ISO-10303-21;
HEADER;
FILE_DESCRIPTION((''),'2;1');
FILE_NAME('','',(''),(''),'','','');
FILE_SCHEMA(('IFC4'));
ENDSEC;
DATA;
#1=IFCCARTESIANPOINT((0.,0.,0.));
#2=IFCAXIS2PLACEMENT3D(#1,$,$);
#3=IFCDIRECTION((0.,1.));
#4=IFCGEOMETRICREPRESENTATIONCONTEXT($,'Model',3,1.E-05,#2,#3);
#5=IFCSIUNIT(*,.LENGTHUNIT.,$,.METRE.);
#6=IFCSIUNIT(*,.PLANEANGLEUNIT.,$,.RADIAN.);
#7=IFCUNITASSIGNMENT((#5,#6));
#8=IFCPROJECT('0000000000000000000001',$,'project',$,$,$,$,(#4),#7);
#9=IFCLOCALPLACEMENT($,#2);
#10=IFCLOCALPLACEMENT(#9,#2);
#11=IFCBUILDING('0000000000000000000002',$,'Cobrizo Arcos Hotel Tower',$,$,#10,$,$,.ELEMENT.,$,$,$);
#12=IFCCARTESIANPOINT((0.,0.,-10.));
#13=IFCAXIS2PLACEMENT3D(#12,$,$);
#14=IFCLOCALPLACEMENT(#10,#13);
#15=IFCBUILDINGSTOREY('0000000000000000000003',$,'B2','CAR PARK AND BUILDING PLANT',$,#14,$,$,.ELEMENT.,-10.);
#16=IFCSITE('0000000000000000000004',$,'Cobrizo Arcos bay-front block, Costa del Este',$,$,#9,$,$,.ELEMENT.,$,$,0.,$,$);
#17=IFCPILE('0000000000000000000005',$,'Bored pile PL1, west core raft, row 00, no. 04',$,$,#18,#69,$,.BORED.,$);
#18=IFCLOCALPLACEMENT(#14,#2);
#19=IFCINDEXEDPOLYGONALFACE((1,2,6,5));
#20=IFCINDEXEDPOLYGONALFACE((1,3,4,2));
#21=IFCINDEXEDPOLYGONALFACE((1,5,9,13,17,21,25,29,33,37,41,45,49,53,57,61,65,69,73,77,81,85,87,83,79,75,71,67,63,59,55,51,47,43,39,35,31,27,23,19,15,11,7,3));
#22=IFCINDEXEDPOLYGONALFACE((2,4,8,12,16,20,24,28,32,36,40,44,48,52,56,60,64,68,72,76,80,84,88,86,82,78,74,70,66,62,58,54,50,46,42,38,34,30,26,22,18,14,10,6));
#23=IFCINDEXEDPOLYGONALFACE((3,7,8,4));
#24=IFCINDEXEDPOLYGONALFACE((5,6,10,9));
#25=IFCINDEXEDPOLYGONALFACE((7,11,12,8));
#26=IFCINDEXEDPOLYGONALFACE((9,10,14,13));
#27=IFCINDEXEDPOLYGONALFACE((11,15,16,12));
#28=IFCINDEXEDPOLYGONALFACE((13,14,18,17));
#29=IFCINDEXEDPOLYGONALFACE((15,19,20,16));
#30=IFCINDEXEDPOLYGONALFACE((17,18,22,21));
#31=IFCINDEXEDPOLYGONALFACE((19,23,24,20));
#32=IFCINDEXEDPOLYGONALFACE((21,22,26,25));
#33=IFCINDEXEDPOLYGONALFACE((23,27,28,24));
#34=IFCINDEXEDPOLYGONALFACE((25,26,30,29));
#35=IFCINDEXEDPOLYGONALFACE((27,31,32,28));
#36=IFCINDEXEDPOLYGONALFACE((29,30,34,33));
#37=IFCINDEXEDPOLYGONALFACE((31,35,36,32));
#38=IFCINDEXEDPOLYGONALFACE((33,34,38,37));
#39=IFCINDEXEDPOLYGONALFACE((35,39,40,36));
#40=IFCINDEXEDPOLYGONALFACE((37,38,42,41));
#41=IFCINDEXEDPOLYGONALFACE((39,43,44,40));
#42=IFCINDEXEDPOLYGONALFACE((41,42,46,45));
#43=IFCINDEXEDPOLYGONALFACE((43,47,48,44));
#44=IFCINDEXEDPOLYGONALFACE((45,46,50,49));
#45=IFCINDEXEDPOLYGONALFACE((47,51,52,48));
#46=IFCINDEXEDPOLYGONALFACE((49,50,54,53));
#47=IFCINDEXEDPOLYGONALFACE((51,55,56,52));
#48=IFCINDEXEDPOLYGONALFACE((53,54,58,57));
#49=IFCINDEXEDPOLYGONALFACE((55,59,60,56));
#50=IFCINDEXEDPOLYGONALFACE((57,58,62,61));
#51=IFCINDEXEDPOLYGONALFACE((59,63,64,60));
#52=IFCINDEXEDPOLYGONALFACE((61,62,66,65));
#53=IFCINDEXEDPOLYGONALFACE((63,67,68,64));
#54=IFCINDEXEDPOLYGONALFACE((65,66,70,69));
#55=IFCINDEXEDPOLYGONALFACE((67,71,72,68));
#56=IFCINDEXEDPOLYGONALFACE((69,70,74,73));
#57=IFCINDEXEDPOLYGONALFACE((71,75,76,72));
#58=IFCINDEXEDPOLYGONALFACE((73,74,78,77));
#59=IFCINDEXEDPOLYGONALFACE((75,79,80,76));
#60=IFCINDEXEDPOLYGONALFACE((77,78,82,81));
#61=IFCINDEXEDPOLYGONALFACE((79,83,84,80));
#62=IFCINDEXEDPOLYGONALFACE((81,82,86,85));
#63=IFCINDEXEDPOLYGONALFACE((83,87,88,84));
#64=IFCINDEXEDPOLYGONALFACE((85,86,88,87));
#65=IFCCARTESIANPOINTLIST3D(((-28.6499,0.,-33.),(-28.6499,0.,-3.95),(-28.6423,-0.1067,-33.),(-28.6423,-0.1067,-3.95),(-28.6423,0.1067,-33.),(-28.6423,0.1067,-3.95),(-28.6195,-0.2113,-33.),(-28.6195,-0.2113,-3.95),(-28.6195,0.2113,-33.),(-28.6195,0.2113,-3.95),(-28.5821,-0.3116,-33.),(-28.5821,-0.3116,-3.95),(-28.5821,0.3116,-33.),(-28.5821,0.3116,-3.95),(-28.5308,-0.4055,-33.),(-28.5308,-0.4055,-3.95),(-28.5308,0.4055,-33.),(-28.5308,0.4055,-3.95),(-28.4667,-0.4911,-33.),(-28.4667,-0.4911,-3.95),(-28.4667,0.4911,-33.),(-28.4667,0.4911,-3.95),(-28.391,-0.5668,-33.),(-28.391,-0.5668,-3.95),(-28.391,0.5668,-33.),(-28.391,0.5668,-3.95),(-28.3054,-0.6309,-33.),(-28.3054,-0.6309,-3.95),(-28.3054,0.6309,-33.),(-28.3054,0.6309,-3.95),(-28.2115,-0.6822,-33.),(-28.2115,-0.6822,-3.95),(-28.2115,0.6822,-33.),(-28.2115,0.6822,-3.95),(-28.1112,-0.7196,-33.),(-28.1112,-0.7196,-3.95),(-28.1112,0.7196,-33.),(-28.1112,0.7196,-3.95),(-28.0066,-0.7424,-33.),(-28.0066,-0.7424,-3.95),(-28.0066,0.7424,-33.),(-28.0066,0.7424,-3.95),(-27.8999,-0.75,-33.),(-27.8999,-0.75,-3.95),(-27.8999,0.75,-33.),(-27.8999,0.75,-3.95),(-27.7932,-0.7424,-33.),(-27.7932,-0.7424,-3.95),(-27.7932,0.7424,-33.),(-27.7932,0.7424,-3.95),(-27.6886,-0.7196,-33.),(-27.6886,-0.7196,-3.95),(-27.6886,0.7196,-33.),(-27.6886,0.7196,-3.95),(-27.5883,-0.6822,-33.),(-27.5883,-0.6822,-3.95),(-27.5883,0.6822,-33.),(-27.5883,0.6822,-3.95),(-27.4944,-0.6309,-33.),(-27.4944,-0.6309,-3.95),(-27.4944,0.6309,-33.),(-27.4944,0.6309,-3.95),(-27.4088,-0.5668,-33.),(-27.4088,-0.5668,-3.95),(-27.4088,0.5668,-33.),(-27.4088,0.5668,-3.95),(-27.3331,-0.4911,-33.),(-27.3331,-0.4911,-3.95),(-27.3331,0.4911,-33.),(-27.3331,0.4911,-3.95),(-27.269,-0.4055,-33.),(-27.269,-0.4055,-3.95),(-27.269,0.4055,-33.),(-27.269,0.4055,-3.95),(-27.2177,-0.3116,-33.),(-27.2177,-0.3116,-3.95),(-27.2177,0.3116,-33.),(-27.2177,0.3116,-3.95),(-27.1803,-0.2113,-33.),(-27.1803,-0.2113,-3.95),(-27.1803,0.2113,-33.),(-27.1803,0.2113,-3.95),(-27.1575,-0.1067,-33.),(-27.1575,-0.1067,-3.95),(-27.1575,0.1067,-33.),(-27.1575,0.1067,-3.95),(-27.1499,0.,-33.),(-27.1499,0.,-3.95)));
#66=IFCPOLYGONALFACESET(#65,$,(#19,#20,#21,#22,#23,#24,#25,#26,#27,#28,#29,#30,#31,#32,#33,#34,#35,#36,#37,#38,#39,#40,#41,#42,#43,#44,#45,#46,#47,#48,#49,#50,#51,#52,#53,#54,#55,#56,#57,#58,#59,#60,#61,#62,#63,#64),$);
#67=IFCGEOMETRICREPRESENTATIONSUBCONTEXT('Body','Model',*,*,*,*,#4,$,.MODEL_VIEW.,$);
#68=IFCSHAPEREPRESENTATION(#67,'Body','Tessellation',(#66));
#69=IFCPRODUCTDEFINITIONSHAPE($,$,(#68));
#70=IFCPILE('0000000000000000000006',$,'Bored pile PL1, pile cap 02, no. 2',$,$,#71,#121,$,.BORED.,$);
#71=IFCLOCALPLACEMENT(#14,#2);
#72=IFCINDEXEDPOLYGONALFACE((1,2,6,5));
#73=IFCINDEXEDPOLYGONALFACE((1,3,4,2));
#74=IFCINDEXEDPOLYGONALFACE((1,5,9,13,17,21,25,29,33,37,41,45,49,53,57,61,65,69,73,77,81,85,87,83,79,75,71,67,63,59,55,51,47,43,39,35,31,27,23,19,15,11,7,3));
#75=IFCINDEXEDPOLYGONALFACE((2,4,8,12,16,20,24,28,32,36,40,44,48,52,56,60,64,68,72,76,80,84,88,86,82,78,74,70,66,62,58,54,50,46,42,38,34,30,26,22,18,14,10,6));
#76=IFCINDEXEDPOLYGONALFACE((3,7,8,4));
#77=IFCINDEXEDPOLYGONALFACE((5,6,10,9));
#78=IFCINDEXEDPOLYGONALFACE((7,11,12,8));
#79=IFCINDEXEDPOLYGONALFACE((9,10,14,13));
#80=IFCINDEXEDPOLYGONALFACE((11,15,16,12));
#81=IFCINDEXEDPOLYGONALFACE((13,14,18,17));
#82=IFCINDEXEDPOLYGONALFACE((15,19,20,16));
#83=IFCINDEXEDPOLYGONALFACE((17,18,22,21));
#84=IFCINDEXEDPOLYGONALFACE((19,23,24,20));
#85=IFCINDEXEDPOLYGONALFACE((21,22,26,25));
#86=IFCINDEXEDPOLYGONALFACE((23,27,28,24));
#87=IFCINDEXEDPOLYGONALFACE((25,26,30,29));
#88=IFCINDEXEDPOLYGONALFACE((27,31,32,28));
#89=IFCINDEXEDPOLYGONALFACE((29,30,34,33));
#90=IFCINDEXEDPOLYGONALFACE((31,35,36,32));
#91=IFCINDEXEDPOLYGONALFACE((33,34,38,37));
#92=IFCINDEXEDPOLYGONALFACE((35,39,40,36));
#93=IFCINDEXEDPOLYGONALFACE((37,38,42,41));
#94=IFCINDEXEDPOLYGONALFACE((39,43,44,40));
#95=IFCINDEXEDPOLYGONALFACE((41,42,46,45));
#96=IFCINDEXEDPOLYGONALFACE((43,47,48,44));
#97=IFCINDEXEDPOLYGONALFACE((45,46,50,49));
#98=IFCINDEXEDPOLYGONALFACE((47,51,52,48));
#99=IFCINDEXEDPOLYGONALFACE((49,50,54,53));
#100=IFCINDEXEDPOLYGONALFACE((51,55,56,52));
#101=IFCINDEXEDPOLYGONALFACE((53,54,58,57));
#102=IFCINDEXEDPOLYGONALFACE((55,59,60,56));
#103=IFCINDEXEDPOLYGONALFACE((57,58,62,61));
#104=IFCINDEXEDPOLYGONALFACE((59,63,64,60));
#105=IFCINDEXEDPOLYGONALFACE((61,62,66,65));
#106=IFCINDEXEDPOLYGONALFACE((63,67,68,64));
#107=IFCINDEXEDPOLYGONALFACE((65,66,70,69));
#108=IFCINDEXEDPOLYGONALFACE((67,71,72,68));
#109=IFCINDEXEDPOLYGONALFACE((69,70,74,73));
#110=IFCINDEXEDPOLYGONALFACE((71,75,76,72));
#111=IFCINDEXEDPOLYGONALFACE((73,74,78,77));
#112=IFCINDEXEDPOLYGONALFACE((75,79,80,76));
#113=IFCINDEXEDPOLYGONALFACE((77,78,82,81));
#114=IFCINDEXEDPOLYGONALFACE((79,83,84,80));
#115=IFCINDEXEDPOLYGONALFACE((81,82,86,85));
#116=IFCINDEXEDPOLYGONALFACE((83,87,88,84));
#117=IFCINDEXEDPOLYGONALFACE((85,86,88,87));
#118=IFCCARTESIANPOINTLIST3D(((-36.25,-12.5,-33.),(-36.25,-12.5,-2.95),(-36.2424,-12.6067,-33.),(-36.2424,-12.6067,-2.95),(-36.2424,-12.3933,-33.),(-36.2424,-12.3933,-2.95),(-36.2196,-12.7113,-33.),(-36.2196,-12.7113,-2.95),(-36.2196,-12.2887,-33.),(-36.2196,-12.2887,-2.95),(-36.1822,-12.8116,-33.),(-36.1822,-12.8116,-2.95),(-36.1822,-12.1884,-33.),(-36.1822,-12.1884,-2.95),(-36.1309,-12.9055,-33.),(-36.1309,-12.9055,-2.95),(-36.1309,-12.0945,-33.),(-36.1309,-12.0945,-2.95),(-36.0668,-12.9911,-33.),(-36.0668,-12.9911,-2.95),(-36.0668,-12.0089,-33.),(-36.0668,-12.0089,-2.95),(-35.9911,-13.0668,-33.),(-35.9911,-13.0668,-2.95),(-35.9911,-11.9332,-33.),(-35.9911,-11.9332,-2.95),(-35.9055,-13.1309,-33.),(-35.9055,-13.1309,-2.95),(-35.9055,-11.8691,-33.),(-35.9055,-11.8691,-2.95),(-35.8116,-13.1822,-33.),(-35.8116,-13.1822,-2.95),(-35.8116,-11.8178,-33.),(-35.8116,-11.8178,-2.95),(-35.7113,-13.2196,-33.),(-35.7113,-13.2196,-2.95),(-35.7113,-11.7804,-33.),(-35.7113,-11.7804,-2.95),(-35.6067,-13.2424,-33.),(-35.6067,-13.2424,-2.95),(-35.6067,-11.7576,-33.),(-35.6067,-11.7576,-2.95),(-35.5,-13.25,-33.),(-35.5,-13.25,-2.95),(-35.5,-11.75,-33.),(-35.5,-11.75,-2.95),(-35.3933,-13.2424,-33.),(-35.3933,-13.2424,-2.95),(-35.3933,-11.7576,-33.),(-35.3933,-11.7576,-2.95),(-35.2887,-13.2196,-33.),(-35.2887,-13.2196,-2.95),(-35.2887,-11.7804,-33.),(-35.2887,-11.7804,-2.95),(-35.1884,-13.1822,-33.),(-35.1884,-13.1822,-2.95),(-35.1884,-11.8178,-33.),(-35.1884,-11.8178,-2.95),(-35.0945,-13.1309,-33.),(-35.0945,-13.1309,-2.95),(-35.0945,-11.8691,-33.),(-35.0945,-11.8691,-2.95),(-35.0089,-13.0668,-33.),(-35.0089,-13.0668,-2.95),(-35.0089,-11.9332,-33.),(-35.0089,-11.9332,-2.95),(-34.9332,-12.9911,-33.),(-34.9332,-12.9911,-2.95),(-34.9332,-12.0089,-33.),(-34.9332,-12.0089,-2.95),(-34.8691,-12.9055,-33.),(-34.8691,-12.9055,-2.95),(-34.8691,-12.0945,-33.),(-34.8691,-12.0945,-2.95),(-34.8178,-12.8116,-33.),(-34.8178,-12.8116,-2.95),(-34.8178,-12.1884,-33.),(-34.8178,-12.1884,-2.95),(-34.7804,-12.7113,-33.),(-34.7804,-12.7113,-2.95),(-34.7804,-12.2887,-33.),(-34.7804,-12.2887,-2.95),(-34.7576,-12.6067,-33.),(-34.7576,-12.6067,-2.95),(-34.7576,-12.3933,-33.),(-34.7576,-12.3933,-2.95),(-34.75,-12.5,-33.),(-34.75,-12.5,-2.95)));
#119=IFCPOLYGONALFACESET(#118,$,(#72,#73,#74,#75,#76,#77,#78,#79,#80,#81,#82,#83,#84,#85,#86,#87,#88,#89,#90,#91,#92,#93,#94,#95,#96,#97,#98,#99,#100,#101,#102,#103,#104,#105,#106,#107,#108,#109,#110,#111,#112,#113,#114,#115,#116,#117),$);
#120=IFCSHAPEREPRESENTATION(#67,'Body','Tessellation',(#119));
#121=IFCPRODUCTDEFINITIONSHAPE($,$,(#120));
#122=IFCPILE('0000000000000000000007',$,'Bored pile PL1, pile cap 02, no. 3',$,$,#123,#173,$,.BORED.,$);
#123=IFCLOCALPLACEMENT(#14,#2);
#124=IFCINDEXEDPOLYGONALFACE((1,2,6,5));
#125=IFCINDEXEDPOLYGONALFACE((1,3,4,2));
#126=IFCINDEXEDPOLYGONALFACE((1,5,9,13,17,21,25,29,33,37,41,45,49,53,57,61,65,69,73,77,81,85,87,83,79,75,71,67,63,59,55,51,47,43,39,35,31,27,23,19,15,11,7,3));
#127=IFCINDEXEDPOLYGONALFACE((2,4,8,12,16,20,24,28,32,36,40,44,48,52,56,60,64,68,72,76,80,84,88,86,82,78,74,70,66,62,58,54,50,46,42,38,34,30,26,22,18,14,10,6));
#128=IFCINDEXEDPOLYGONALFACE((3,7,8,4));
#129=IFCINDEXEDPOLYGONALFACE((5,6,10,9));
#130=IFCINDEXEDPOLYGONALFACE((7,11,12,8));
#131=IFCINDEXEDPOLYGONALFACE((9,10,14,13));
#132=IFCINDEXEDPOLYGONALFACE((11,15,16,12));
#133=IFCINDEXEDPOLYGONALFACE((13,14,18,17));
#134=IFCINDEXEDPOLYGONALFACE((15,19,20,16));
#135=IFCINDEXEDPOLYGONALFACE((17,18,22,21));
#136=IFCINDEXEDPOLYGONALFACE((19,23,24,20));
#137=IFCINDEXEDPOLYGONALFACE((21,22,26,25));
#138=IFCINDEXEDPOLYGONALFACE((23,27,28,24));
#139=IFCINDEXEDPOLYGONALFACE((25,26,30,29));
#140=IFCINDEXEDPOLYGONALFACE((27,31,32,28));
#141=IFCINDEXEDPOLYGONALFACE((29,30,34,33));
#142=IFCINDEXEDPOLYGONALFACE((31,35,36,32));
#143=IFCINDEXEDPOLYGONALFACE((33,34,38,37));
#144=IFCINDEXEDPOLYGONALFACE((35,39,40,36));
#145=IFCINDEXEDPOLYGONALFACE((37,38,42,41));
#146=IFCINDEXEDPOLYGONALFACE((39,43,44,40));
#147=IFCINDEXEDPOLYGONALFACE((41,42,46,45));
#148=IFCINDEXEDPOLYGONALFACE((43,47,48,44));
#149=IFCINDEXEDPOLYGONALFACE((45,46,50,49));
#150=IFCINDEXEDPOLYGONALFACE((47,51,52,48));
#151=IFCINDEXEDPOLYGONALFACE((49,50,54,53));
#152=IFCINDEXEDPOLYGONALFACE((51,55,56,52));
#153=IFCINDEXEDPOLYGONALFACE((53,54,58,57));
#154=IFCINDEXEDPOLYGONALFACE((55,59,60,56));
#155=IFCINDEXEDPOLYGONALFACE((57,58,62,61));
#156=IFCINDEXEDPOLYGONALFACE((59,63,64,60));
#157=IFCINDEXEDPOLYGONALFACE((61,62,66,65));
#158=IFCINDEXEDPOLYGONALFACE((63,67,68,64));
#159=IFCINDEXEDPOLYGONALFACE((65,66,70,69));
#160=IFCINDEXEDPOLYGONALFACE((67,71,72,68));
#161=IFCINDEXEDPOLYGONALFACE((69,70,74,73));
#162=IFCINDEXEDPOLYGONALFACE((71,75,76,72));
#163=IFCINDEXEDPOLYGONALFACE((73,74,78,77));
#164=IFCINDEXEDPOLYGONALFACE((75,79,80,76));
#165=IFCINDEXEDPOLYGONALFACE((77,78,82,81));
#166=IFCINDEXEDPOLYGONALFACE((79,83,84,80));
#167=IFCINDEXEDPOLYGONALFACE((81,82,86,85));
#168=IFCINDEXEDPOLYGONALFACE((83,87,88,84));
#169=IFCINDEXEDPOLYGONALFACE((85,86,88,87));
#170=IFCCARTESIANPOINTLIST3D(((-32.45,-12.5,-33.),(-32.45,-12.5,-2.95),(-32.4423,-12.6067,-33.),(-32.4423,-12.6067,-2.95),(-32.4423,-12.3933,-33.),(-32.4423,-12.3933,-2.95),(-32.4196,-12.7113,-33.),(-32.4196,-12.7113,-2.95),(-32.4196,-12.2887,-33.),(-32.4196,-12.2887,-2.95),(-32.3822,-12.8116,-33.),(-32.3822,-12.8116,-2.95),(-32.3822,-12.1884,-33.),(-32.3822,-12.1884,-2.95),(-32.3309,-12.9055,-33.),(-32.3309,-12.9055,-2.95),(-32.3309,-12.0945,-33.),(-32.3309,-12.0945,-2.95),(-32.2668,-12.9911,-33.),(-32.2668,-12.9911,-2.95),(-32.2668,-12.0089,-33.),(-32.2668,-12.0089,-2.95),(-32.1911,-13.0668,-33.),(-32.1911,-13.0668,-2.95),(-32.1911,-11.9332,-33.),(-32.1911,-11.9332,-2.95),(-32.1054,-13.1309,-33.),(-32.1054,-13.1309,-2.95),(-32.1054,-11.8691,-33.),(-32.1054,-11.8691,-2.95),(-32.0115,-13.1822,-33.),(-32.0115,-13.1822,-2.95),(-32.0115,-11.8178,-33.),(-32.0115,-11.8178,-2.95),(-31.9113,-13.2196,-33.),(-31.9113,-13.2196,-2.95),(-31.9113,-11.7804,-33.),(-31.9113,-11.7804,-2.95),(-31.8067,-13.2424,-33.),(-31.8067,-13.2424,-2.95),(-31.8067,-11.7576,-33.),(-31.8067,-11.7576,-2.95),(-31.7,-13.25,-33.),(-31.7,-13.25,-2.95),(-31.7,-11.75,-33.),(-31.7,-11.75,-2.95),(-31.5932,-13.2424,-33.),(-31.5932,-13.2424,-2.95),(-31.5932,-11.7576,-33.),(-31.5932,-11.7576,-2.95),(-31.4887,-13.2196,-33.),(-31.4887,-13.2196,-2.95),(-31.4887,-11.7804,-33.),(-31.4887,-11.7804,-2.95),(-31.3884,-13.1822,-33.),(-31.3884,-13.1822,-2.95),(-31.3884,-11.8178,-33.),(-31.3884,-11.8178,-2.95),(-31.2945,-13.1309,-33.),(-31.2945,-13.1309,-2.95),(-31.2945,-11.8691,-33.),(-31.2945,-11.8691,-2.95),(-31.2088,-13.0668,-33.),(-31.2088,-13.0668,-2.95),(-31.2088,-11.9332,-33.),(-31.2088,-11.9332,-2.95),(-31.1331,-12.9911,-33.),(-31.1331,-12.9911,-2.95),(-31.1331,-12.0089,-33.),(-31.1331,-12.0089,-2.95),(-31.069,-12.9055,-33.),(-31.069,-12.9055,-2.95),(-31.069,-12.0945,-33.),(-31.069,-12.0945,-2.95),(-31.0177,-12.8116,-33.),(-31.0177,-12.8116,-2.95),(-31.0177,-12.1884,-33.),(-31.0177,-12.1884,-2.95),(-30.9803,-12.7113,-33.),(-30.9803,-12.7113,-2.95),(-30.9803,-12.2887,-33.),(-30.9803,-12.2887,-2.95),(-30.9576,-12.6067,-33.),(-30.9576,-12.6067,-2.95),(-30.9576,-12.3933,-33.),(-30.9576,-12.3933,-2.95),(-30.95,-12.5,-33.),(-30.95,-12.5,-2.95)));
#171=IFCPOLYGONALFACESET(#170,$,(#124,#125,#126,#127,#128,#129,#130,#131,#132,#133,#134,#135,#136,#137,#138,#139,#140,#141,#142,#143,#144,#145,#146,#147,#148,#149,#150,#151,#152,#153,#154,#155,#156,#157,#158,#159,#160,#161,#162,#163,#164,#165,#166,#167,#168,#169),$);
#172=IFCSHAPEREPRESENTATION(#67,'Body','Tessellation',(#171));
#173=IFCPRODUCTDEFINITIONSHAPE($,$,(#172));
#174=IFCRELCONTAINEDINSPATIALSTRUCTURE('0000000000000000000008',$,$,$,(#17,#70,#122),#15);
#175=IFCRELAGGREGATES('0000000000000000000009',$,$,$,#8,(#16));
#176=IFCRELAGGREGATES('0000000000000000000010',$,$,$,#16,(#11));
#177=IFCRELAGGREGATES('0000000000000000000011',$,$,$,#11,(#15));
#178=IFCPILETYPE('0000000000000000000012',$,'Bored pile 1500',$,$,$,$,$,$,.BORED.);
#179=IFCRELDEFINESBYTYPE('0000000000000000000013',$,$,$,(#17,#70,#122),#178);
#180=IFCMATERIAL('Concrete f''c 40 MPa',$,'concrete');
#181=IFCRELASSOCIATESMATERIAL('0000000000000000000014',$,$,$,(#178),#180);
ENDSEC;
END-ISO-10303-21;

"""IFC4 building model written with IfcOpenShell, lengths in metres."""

from ifc_helpers import new_model, si_unit, direction, frame, origin, origin_2d, place, context, subcontext, project, spatial, circle, extrude, material, material_profile, profile_set, type_object, element, save


model = new_model("IFC4")

# Units and contexts
model_context = context("Model", 3, precision=1e-05, world=origin(), true_north=direction((0.0, 1.0)))
body_context = subcontext(model_context, "Body", "Model", "MODEL_VIEW")
ifc_project = project(units=[si_unit("LENGTHUNIT", "METRE"), si_unit("PLANEANGLEUNIT", "RADIAN")], contexts=[model_context])

# Site, building, storey
site_placement = place(None, origin())
site = spatial("IfcSite", under=ifc_project, at=site_placement, Name="Cobrizo Arcos bay-front block, Costa del Este", CompositionType="ELEMENT", RefElevation=0.0)
building_placement = place(site_placement, origin())
building = spatial("IfcBuilding", under=site, at=building_placement, Name="Cobrizo Arcos Hotel Tower", CompositionType="ELEMENT")
storey_placement = place(building_placement, frame((0.0, 0.0, -10.0)))
storey = spatial("IfcBuildingStorey", under=building, at=storey_placement, Name="B2", Description="CAR PARK AND BUILDING PLANT", CompositionType="ELEMENT", Elevation=-10.0)

# Piles
ifc_material_1 = material(Name="Concrete f'c 40 MPa", Category="concrete")
ifc_material_profile_1 = material_profile(ifc_material_1, circle(Radius=0.75, at=origin_2d()), Name="BORED PILE 1500")
ifc_profile_set_1 = profile_set([ifc_material_profile_1], Name="Concrete f'c 40 MPa")
pile_type = type_object("IfcPileType", Name="Bored pile 1500", PredefinedType="BORED", material=ifc_profile_set_1)
for number, where, z_axis, x_axis, name in (
    (1, (-27.8999, 0.0, -3.95), (0.0, 0.0, -1.0), (1.0, 0.0, 0.0), "Bored pile PL1, west core raft, row 00, no. 04"),
):
    element("IfcPile", number, at=place(storey_placement, frame(where, z_axis=z_axis, x_axis=x_axis)), inside=storey, type_object=pile_type, Name=name, PredefinedType="BORED", context=body_context, shape_type="SweptSolid", body=[
        extrude(circle(Radius=0.75, at=origin_2d()), origin(), (0.0, 0.0, 1.0), 29.05),
    ])
for number, where, z_axis, x_axis, name in (
    (2, (-35.5, -12.5, -2.95), (0.0, 0.0, -1.0), (1.0, 0.0, 0.0), "Bored pile PL1, pile cap 02, no. 2"),
    (3, (-31.7, -12.5, -2.95), (0.0, 0.0, -1.0), (1.0, 0.0, 0.0), "Bored pile PL1, pile cap 02, no. 3"),
):
    element("IfcPile", number, at=place(storey_placement, frame(where, z_axis=z_axis, x_axis=x_axis)), inside=storey, type_object=pile_type, Name=name, PredefinedType="BORED", context=body_context, shape_type="SweptSolid", body=[
        extrude(circle(Radius=0.75, at=origin_2d()), origin(), (0.0, 0.0, 1.0), 30.05),
    ])

save(model, "model.ifc")
